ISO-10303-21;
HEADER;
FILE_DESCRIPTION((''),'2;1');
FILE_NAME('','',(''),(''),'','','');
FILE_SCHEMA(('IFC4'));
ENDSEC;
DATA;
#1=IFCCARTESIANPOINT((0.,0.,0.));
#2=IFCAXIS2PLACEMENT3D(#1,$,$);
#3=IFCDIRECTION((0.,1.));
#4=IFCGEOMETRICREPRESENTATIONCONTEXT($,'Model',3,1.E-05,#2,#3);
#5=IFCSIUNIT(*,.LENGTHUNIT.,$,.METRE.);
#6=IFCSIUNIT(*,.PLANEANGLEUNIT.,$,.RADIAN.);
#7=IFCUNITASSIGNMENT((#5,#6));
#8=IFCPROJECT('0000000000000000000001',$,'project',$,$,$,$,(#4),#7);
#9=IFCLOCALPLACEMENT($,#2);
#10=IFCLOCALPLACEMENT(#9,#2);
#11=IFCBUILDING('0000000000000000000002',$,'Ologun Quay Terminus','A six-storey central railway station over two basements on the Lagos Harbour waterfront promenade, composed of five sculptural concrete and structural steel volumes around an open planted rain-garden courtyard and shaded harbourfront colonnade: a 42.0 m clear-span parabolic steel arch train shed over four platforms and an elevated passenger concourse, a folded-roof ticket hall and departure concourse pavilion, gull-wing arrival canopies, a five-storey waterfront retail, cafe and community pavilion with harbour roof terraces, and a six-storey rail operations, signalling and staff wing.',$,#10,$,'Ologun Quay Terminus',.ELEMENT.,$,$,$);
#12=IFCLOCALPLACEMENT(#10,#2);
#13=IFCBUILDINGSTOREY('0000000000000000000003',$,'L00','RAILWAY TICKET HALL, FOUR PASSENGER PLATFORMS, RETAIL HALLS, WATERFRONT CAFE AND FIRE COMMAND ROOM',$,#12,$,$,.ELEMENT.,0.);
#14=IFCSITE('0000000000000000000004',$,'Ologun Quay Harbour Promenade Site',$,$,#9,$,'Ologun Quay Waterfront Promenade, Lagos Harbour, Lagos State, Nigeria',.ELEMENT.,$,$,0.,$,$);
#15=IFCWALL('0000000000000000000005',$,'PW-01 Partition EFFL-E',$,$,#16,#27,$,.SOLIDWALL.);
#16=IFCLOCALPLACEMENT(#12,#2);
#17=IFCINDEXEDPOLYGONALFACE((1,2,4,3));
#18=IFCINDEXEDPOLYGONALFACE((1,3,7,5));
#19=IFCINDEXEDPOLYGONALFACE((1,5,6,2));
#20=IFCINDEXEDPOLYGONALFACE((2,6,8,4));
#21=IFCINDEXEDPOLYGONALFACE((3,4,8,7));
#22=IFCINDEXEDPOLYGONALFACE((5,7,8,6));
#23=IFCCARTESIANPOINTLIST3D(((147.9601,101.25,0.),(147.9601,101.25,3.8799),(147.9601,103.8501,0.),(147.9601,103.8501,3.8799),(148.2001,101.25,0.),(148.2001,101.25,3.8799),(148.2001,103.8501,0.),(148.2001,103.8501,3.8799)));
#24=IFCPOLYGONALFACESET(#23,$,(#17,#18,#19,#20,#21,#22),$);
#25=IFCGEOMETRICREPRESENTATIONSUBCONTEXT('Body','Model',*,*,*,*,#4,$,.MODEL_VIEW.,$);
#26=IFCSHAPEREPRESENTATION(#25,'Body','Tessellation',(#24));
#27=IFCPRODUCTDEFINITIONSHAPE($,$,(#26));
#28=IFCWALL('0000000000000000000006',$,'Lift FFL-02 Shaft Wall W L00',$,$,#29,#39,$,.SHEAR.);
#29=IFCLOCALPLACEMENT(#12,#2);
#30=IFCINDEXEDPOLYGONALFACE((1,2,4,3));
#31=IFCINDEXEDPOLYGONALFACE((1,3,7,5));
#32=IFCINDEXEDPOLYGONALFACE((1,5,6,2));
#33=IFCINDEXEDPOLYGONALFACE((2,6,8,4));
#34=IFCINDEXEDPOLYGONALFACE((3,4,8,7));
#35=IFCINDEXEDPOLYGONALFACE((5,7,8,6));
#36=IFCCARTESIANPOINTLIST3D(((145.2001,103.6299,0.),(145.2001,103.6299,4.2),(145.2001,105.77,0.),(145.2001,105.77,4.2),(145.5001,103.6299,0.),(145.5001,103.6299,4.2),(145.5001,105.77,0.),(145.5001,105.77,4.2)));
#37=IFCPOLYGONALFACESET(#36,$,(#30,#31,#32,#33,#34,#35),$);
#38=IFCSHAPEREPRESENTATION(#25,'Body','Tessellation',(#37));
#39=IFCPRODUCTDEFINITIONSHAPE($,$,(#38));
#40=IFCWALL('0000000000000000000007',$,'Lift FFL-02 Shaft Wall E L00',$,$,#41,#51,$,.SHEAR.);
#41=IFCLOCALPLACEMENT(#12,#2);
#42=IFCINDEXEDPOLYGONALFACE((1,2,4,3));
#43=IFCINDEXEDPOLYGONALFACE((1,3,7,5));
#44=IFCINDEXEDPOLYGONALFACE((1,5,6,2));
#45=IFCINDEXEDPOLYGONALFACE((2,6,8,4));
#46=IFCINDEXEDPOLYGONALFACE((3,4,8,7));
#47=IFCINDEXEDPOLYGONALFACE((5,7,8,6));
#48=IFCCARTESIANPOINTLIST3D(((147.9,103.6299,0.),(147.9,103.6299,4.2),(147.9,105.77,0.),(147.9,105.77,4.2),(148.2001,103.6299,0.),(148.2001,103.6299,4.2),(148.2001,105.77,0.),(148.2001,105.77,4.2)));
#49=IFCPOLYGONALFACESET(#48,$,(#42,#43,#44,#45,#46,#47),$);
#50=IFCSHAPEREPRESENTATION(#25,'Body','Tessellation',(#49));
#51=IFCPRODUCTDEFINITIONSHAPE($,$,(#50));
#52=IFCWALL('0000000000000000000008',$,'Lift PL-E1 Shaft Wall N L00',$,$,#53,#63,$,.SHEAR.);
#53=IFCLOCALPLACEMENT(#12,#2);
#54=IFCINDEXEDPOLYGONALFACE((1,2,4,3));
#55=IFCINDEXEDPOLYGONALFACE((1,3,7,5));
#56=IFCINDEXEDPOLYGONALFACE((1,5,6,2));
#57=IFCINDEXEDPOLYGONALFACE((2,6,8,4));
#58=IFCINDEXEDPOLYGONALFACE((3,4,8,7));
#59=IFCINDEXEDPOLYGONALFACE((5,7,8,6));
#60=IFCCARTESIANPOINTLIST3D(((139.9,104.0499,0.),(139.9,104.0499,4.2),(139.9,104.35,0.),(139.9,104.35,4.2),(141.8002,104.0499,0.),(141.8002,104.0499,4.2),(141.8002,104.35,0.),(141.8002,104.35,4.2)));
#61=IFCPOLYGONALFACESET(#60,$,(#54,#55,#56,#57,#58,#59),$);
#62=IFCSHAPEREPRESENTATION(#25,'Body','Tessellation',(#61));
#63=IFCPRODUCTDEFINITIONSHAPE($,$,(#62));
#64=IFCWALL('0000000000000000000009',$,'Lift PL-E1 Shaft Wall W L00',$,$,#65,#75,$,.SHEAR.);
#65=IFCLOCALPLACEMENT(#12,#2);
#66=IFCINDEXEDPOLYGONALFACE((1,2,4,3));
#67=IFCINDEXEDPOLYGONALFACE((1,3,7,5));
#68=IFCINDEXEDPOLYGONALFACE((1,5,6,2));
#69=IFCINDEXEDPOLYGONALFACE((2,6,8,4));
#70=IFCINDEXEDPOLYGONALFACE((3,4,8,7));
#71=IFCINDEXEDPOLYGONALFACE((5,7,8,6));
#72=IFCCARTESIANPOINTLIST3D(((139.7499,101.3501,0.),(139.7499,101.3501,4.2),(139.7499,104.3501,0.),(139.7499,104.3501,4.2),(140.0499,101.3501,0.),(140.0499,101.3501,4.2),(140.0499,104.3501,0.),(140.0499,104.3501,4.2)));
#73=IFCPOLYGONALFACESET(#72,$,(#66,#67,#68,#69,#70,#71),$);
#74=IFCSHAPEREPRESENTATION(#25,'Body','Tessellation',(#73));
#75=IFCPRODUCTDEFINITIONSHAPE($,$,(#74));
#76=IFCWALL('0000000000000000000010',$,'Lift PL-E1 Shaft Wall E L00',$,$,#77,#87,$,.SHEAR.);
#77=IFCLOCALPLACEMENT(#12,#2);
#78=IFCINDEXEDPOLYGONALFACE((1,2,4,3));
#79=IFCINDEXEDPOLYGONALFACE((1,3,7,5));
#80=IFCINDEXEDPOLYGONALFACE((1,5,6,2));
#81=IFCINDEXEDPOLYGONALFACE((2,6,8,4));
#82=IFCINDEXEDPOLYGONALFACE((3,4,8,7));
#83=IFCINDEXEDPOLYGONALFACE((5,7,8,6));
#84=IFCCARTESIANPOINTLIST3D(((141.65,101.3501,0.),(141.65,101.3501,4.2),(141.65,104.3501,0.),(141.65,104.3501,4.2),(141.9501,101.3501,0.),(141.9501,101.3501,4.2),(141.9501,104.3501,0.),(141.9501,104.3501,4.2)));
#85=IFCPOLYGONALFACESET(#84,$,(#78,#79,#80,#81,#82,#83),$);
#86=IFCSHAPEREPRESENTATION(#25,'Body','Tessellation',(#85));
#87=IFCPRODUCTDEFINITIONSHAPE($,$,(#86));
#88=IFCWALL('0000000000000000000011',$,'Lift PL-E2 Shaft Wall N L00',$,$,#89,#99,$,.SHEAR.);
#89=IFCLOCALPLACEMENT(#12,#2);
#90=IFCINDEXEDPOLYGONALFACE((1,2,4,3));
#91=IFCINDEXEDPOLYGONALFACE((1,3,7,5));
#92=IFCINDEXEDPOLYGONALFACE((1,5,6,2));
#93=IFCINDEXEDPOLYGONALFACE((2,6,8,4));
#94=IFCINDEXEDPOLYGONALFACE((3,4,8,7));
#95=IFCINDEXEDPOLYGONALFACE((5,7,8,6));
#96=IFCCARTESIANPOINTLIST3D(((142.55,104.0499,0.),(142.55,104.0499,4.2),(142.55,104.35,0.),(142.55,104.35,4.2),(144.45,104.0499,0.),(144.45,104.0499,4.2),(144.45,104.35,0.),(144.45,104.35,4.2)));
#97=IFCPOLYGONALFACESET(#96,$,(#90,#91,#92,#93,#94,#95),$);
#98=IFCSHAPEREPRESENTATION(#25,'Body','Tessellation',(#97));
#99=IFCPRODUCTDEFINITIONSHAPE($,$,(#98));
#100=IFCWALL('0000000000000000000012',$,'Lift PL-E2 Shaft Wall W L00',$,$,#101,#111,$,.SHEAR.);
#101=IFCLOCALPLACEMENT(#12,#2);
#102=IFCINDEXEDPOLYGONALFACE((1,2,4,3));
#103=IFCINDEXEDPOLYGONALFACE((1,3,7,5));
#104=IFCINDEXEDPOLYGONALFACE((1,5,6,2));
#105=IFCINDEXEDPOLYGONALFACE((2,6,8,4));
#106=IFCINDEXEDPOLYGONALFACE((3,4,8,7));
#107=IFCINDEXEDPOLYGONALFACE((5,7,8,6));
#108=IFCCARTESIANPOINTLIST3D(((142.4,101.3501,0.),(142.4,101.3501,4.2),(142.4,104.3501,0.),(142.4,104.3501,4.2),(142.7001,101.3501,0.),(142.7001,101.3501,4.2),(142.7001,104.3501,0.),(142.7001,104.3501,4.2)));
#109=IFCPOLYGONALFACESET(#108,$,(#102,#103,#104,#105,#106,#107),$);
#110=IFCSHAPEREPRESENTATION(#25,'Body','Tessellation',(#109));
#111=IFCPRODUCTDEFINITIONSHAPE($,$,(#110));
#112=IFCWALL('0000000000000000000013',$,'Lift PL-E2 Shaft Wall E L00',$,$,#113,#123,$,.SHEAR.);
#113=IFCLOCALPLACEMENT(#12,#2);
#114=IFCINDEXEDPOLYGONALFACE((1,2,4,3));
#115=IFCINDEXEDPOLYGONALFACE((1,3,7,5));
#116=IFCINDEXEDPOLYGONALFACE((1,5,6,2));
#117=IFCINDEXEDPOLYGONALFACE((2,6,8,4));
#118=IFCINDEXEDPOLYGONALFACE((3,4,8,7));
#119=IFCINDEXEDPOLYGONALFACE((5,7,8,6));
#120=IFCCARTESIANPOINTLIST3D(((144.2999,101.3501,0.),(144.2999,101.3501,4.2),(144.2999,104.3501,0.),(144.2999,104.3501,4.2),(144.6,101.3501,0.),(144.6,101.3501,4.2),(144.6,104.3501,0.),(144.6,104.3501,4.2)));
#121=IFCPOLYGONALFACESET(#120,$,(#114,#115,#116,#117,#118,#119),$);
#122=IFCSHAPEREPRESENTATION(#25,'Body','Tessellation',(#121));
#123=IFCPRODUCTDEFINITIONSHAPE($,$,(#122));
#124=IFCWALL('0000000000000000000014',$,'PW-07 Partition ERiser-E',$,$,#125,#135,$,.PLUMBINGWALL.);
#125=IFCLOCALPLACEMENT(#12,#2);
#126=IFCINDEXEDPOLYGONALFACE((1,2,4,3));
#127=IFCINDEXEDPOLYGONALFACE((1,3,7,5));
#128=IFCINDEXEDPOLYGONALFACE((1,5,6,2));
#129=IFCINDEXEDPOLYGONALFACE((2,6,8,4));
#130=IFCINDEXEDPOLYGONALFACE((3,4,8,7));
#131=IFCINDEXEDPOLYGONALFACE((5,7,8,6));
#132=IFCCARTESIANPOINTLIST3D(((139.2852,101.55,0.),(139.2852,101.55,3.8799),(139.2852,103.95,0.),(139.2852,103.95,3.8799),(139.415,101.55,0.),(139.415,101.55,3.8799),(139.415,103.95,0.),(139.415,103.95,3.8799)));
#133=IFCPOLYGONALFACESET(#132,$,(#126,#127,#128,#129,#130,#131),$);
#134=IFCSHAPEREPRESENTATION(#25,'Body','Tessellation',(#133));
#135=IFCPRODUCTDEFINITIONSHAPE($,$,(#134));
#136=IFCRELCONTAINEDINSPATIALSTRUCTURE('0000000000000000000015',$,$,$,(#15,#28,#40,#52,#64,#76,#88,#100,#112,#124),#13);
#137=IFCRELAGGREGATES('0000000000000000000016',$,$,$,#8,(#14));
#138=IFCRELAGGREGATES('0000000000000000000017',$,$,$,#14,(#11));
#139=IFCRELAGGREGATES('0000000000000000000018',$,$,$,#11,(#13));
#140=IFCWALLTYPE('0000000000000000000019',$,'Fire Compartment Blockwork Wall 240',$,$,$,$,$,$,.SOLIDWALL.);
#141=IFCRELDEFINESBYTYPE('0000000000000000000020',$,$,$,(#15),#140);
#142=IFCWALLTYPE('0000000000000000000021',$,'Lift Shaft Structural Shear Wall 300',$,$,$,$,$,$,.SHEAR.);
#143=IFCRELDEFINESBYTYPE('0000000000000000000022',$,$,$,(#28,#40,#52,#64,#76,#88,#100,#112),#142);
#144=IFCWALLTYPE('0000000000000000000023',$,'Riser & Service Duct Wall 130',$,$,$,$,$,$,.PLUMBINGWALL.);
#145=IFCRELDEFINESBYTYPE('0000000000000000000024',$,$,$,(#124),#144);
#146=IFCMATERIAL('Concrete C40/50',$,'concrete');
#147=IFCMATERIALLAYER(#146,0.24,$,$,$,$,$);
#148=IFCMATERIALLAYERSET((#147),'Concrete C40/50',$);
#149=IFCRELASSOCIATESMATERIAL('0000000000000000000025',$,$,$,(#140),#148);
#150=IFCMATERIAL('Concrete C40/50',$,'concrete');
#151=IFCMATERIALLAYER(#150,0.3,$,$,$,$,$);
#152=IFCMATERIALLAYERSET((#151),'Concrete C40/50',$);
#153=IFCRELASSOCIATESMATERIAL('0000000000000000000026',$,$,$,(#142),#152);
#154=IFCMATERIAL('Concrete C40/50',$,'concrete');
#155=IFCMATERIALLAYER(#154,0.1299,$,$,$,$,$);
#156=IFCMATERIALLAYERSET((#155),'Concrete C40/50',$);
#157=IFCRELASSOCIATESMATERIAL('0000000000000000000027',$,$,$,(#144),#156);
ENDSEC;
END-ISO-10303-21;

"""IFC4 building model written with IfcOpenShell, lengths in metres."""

from ifc_helpers import new_model, si_unit, direction, frame, frame_2d, origin, place, context, subcontext, project, spatial, rectangle, extrude, material, layer, layer_set, type_object, element, save


model = new_model("IFC4")

# Units and contexts
model_context = context("Model", 3, precision=1e-05, world=origin(), true_north=direction((0.0, 1.0)))
body_context = subcontext(model_context, "Body", "Model", "MODEL_VIEW")
ifc_project = project(units=[si_unit("LENGTHUNIT", "METRE"), si_unit("PLANEANGLEUNIT", "RADIAN")], contexts=[model_context])

# Site, building, storey
site_placement = place(None, origin())
site = spatial("IfcSite", under=ifc_project, at=site_placement, Name="Ologun Quay Harbour Promenade Site", LongName="Ologun Quay Waterfront Promenade, Lagos Harbour, Lagos State, Nigeria", CompositionType="ELEMENT", RefElevation=0.0)
building_placement = place(site_placement, origin())
building = spatial("IfcBuilding", under=site, at=building_placement, Name="Ologun Quay Terminus", Description="A six-storey central railway station over two basements on the Lagos Harbour waterfront promenade, composed of five sculptural concrete and structural steel volumes around an open planted rain-garden courtyard and shaded harbourfront colonnade: a 42.0 m clear-span parabolic steel arch train shed over four platforms and an elevated passenger concourse, a folded-roof ticket hall and departure concourse pavilion, gull-wing arrival canopies, a five-storey waterfront retail, cafe and community pavilion with harbour roof terraces, and a six-storey rail operations, signalling and staff wing.", LongName="Ologun Quay Terminus", CompositionType="ELEMENT")
storey_placement = place(building_placement, origin())
storey = spatial("IfcBuildingStorey", under=building, at=storey_placement, Name="L00", Description="RAILWAY TICKET HALL, FOUR PASSENGER PLATFORMS, RETAIL HALLS, WATERFRONT CAFE AND FIRE COMMAND ROOM", CompositionType="ELEMENT", Elevation=0.0)

# Wall
ifc_material_1 = material(Name="Concrete C40/50", Category="concrete")
ifc_layer_1 = layer(ifc_material_1, 0.24)
ifc_layer_set_1 = layer_set([ifc_layer_1], Name="Concrete C40/50")
wall_type_1 = type_object("IfcWallType", Name="Fire Compartment Blockwork Wall 240", PredefinedType="SOLIDWALL", material=ifc_layer_set_1)
wall_1_placement = place(storey_placement, frame((148.0801, 101.25, 0.0), z_axis=(0.0, 0.0, 1.0), x_axis=(0.0, 1.0, 0.0)))
element("IfcWall", 1, at=wall_1_placement, inside=storey, type_object=wall_type_1, Name="PW-01 Partition EFFL-E", PredefinedType="SOLIDWALL", context=body_context, shape_type="SweptSolid", body=[
    extrude(rectangle(XDim=2.6001, YDim=0.24, at=frame_2d((1.3, 0.0))), origin(), (0.0, 0.0, 1.0), 3.8799),
])

# Shared definitions
ifc_material_2 = material(Name="Concrete C40/50", Category="concrete")
ifc_layer_2 = layer(ifc_material_2, 0.3)
ifc_layer_set_2 = layer_set([ifc_layer_2], Name="Concrete C40/50")
wall_type_2 = type_object("IfcWallType", Name="Lift Shaft Structural Shear Wall 300", PredefinedType="SHEAR", material=ifc_layer_set_2)

# Walls
for number, where, z_axis, x_axis, name in (
    (2, (145.3501, 103.6299, 0.0), (0.0, 0.0, 1.0), (0.0, 1.0, 0.0), "Lift FFL-02 Shaft Wall W L00"),
    (3, (148.05, 103.6299, 0.0), (0.0, 0.0, 1.0), (0.0, 1.0, 0.0), "Lift FFL-02 Shaft Wall E L00"),
):
    element("IfcWall", number, at=place(storey_placement, frame(where, z_axis=z_axis, x_axis=x_axis)), inside=storey, type_object=wall_type_2, Name=name, PredefinedType="SHEAR", context=body_context, shape_type="SweptSolid", body=[
        extrude(rectangle(XDim=2.1401, YDim=0.3, at=frame_2d((1.0701, 0.0))), origin(), (0.0, 0.0, 1.0), 4.2),
    ])

# Walls
wall_2_placement = place(storey_placement, frame((139.8999, 104.2, 0.0), z_axis=(0.0, 0.0, 1.0), x_axis=(1.0, 0.0, 0.0)))
element("IfcWall", 4, at=wall_2_placement, inside=storey, type_object=wall_type_2, Name="Lift PL-E1 Shaft Wall N L00", PredefinedType="SHEAR", context=body_context, shape_type="SweptSolid", body=[
    extrude(rectangle(XDim=1.9001, YDim=0.3, at=frame_2d((0.9502, 0.0))), origin(), (0.0, 0.0, 1.0), 4.2),
])
for number, where, z_axis, x_axis, name in (
    (5, (139.8999, 101.3501, 0.0), (0.0, 0.0, 1.0), (0.0, 1.0, 0.0), "Lift PL-E1 Shaft Wall W L00"),
    (6, (141.8, 101.3501, 0.0), (0.0, 0.0, 1.0), (0.0, 1.0, 0.0), "Lift PL-E1 Shaft Wall E L00"),
):
    element("IfcWall", number, at=place(storey_placement, frame(where, z_axis=z_axis, x_axis=x_axis)), inside=storey, type_object=wall_type_2, Name=name, PredefinedType="SHEAR", context=body_context, shape_type="SweptSolid", body=[
        extrude(rectangle(XDim=3.0, YDim=0.3, at=frame_2d((1.5, 0.0))), origin(), (0.0, 0.0, 1.0), 4.2),
    ])

# Walls
wall_3_placement = place(storey_placement, frame((142.55, 104.2, 0.0), z_axis=(0.0, 0.0, 1.0), x_axis=(1.0, 0.0, 0.0)))
element("IfcWall", 7, at=wall_3_placement, inside=storey, type_object=wall_type_2, Name="Lift PL-E2 Shaft Wall N L00", PredefinedType="SHEAR", context=body_context, shape_type="SweptSolid", body=[
    extrude(rectangle(XDim=1.8999, YDim=0.3, at=frame_2d((0.95, 0.0))), origin(), (0.0, 0.0, 1.0), 4.2),
])
for number, where, z_axis, x_axis, name in (
    (8, (142.55, 101.3501, 0.0), (0.0, 0.0, 1.0), (0.0, 1.0, 0.0), "Lift PL-E2 Shaft Wall W L00"),
    (9, (144.45, 101.3501, 0.0), (0.0, 0.0, 1.0), (0.0, 1.0, 0.0), "Lift PL-E2 Shaft Wall E L00"),
):
    element("IfcWall", number, at=place(storey_placement, frame(where, z_axis=z_axis, x_axis=x_axis)), inside=storey, type_object=wall_type_2, Name=name, PredefinedType="SHEAR", context=body_context, shape_type="SweptSolid", body=[
        extrude(rectangle(XDim=3.0, YDim=0.3, at=frame_2d((1.5, 0.0))), origin(), (0.0, 0.0, 1.0), 4.2),
    ])
ifc_material_3 = material(Name="Concrete C40/50", Category="concrete")
ifc_layer_3 = layer(ifc_material_3, 0.1299)
ifc_layer_set_3 = layer_set([ifc_layer_3], Name="Concrete C40/50")
wall_type_3 = type_object("IfcWallType", Name="Riser & Service Duct Wall 130", PredefinedType="PLUMBINGWALL", material=ifc_layer_set_3)
wall_4_placement = place(storey_placement, frame((139.3501, 101.55, 0.0), z_axis=(0.0, 0.0, 1.0), x_axis=(0.0, 1.0, 0.0)))
element("IfcWall", 10, at=wall_4_placement, inside=storey, type_object=wall_type_3, Name="PW-07 Partition ERiser-E", PredefinedType="PLUMBINGWALL", context=body_context, shape_type="SweptSolid", body=[
    extrude(rectangle(XDim=2.3999, YDim=0.1299, at=frame_2d((1.2, 0.0))), origin(), (0.0, 0.0, 1.0), 3.8799),
])

save(model, "model.ifc")
